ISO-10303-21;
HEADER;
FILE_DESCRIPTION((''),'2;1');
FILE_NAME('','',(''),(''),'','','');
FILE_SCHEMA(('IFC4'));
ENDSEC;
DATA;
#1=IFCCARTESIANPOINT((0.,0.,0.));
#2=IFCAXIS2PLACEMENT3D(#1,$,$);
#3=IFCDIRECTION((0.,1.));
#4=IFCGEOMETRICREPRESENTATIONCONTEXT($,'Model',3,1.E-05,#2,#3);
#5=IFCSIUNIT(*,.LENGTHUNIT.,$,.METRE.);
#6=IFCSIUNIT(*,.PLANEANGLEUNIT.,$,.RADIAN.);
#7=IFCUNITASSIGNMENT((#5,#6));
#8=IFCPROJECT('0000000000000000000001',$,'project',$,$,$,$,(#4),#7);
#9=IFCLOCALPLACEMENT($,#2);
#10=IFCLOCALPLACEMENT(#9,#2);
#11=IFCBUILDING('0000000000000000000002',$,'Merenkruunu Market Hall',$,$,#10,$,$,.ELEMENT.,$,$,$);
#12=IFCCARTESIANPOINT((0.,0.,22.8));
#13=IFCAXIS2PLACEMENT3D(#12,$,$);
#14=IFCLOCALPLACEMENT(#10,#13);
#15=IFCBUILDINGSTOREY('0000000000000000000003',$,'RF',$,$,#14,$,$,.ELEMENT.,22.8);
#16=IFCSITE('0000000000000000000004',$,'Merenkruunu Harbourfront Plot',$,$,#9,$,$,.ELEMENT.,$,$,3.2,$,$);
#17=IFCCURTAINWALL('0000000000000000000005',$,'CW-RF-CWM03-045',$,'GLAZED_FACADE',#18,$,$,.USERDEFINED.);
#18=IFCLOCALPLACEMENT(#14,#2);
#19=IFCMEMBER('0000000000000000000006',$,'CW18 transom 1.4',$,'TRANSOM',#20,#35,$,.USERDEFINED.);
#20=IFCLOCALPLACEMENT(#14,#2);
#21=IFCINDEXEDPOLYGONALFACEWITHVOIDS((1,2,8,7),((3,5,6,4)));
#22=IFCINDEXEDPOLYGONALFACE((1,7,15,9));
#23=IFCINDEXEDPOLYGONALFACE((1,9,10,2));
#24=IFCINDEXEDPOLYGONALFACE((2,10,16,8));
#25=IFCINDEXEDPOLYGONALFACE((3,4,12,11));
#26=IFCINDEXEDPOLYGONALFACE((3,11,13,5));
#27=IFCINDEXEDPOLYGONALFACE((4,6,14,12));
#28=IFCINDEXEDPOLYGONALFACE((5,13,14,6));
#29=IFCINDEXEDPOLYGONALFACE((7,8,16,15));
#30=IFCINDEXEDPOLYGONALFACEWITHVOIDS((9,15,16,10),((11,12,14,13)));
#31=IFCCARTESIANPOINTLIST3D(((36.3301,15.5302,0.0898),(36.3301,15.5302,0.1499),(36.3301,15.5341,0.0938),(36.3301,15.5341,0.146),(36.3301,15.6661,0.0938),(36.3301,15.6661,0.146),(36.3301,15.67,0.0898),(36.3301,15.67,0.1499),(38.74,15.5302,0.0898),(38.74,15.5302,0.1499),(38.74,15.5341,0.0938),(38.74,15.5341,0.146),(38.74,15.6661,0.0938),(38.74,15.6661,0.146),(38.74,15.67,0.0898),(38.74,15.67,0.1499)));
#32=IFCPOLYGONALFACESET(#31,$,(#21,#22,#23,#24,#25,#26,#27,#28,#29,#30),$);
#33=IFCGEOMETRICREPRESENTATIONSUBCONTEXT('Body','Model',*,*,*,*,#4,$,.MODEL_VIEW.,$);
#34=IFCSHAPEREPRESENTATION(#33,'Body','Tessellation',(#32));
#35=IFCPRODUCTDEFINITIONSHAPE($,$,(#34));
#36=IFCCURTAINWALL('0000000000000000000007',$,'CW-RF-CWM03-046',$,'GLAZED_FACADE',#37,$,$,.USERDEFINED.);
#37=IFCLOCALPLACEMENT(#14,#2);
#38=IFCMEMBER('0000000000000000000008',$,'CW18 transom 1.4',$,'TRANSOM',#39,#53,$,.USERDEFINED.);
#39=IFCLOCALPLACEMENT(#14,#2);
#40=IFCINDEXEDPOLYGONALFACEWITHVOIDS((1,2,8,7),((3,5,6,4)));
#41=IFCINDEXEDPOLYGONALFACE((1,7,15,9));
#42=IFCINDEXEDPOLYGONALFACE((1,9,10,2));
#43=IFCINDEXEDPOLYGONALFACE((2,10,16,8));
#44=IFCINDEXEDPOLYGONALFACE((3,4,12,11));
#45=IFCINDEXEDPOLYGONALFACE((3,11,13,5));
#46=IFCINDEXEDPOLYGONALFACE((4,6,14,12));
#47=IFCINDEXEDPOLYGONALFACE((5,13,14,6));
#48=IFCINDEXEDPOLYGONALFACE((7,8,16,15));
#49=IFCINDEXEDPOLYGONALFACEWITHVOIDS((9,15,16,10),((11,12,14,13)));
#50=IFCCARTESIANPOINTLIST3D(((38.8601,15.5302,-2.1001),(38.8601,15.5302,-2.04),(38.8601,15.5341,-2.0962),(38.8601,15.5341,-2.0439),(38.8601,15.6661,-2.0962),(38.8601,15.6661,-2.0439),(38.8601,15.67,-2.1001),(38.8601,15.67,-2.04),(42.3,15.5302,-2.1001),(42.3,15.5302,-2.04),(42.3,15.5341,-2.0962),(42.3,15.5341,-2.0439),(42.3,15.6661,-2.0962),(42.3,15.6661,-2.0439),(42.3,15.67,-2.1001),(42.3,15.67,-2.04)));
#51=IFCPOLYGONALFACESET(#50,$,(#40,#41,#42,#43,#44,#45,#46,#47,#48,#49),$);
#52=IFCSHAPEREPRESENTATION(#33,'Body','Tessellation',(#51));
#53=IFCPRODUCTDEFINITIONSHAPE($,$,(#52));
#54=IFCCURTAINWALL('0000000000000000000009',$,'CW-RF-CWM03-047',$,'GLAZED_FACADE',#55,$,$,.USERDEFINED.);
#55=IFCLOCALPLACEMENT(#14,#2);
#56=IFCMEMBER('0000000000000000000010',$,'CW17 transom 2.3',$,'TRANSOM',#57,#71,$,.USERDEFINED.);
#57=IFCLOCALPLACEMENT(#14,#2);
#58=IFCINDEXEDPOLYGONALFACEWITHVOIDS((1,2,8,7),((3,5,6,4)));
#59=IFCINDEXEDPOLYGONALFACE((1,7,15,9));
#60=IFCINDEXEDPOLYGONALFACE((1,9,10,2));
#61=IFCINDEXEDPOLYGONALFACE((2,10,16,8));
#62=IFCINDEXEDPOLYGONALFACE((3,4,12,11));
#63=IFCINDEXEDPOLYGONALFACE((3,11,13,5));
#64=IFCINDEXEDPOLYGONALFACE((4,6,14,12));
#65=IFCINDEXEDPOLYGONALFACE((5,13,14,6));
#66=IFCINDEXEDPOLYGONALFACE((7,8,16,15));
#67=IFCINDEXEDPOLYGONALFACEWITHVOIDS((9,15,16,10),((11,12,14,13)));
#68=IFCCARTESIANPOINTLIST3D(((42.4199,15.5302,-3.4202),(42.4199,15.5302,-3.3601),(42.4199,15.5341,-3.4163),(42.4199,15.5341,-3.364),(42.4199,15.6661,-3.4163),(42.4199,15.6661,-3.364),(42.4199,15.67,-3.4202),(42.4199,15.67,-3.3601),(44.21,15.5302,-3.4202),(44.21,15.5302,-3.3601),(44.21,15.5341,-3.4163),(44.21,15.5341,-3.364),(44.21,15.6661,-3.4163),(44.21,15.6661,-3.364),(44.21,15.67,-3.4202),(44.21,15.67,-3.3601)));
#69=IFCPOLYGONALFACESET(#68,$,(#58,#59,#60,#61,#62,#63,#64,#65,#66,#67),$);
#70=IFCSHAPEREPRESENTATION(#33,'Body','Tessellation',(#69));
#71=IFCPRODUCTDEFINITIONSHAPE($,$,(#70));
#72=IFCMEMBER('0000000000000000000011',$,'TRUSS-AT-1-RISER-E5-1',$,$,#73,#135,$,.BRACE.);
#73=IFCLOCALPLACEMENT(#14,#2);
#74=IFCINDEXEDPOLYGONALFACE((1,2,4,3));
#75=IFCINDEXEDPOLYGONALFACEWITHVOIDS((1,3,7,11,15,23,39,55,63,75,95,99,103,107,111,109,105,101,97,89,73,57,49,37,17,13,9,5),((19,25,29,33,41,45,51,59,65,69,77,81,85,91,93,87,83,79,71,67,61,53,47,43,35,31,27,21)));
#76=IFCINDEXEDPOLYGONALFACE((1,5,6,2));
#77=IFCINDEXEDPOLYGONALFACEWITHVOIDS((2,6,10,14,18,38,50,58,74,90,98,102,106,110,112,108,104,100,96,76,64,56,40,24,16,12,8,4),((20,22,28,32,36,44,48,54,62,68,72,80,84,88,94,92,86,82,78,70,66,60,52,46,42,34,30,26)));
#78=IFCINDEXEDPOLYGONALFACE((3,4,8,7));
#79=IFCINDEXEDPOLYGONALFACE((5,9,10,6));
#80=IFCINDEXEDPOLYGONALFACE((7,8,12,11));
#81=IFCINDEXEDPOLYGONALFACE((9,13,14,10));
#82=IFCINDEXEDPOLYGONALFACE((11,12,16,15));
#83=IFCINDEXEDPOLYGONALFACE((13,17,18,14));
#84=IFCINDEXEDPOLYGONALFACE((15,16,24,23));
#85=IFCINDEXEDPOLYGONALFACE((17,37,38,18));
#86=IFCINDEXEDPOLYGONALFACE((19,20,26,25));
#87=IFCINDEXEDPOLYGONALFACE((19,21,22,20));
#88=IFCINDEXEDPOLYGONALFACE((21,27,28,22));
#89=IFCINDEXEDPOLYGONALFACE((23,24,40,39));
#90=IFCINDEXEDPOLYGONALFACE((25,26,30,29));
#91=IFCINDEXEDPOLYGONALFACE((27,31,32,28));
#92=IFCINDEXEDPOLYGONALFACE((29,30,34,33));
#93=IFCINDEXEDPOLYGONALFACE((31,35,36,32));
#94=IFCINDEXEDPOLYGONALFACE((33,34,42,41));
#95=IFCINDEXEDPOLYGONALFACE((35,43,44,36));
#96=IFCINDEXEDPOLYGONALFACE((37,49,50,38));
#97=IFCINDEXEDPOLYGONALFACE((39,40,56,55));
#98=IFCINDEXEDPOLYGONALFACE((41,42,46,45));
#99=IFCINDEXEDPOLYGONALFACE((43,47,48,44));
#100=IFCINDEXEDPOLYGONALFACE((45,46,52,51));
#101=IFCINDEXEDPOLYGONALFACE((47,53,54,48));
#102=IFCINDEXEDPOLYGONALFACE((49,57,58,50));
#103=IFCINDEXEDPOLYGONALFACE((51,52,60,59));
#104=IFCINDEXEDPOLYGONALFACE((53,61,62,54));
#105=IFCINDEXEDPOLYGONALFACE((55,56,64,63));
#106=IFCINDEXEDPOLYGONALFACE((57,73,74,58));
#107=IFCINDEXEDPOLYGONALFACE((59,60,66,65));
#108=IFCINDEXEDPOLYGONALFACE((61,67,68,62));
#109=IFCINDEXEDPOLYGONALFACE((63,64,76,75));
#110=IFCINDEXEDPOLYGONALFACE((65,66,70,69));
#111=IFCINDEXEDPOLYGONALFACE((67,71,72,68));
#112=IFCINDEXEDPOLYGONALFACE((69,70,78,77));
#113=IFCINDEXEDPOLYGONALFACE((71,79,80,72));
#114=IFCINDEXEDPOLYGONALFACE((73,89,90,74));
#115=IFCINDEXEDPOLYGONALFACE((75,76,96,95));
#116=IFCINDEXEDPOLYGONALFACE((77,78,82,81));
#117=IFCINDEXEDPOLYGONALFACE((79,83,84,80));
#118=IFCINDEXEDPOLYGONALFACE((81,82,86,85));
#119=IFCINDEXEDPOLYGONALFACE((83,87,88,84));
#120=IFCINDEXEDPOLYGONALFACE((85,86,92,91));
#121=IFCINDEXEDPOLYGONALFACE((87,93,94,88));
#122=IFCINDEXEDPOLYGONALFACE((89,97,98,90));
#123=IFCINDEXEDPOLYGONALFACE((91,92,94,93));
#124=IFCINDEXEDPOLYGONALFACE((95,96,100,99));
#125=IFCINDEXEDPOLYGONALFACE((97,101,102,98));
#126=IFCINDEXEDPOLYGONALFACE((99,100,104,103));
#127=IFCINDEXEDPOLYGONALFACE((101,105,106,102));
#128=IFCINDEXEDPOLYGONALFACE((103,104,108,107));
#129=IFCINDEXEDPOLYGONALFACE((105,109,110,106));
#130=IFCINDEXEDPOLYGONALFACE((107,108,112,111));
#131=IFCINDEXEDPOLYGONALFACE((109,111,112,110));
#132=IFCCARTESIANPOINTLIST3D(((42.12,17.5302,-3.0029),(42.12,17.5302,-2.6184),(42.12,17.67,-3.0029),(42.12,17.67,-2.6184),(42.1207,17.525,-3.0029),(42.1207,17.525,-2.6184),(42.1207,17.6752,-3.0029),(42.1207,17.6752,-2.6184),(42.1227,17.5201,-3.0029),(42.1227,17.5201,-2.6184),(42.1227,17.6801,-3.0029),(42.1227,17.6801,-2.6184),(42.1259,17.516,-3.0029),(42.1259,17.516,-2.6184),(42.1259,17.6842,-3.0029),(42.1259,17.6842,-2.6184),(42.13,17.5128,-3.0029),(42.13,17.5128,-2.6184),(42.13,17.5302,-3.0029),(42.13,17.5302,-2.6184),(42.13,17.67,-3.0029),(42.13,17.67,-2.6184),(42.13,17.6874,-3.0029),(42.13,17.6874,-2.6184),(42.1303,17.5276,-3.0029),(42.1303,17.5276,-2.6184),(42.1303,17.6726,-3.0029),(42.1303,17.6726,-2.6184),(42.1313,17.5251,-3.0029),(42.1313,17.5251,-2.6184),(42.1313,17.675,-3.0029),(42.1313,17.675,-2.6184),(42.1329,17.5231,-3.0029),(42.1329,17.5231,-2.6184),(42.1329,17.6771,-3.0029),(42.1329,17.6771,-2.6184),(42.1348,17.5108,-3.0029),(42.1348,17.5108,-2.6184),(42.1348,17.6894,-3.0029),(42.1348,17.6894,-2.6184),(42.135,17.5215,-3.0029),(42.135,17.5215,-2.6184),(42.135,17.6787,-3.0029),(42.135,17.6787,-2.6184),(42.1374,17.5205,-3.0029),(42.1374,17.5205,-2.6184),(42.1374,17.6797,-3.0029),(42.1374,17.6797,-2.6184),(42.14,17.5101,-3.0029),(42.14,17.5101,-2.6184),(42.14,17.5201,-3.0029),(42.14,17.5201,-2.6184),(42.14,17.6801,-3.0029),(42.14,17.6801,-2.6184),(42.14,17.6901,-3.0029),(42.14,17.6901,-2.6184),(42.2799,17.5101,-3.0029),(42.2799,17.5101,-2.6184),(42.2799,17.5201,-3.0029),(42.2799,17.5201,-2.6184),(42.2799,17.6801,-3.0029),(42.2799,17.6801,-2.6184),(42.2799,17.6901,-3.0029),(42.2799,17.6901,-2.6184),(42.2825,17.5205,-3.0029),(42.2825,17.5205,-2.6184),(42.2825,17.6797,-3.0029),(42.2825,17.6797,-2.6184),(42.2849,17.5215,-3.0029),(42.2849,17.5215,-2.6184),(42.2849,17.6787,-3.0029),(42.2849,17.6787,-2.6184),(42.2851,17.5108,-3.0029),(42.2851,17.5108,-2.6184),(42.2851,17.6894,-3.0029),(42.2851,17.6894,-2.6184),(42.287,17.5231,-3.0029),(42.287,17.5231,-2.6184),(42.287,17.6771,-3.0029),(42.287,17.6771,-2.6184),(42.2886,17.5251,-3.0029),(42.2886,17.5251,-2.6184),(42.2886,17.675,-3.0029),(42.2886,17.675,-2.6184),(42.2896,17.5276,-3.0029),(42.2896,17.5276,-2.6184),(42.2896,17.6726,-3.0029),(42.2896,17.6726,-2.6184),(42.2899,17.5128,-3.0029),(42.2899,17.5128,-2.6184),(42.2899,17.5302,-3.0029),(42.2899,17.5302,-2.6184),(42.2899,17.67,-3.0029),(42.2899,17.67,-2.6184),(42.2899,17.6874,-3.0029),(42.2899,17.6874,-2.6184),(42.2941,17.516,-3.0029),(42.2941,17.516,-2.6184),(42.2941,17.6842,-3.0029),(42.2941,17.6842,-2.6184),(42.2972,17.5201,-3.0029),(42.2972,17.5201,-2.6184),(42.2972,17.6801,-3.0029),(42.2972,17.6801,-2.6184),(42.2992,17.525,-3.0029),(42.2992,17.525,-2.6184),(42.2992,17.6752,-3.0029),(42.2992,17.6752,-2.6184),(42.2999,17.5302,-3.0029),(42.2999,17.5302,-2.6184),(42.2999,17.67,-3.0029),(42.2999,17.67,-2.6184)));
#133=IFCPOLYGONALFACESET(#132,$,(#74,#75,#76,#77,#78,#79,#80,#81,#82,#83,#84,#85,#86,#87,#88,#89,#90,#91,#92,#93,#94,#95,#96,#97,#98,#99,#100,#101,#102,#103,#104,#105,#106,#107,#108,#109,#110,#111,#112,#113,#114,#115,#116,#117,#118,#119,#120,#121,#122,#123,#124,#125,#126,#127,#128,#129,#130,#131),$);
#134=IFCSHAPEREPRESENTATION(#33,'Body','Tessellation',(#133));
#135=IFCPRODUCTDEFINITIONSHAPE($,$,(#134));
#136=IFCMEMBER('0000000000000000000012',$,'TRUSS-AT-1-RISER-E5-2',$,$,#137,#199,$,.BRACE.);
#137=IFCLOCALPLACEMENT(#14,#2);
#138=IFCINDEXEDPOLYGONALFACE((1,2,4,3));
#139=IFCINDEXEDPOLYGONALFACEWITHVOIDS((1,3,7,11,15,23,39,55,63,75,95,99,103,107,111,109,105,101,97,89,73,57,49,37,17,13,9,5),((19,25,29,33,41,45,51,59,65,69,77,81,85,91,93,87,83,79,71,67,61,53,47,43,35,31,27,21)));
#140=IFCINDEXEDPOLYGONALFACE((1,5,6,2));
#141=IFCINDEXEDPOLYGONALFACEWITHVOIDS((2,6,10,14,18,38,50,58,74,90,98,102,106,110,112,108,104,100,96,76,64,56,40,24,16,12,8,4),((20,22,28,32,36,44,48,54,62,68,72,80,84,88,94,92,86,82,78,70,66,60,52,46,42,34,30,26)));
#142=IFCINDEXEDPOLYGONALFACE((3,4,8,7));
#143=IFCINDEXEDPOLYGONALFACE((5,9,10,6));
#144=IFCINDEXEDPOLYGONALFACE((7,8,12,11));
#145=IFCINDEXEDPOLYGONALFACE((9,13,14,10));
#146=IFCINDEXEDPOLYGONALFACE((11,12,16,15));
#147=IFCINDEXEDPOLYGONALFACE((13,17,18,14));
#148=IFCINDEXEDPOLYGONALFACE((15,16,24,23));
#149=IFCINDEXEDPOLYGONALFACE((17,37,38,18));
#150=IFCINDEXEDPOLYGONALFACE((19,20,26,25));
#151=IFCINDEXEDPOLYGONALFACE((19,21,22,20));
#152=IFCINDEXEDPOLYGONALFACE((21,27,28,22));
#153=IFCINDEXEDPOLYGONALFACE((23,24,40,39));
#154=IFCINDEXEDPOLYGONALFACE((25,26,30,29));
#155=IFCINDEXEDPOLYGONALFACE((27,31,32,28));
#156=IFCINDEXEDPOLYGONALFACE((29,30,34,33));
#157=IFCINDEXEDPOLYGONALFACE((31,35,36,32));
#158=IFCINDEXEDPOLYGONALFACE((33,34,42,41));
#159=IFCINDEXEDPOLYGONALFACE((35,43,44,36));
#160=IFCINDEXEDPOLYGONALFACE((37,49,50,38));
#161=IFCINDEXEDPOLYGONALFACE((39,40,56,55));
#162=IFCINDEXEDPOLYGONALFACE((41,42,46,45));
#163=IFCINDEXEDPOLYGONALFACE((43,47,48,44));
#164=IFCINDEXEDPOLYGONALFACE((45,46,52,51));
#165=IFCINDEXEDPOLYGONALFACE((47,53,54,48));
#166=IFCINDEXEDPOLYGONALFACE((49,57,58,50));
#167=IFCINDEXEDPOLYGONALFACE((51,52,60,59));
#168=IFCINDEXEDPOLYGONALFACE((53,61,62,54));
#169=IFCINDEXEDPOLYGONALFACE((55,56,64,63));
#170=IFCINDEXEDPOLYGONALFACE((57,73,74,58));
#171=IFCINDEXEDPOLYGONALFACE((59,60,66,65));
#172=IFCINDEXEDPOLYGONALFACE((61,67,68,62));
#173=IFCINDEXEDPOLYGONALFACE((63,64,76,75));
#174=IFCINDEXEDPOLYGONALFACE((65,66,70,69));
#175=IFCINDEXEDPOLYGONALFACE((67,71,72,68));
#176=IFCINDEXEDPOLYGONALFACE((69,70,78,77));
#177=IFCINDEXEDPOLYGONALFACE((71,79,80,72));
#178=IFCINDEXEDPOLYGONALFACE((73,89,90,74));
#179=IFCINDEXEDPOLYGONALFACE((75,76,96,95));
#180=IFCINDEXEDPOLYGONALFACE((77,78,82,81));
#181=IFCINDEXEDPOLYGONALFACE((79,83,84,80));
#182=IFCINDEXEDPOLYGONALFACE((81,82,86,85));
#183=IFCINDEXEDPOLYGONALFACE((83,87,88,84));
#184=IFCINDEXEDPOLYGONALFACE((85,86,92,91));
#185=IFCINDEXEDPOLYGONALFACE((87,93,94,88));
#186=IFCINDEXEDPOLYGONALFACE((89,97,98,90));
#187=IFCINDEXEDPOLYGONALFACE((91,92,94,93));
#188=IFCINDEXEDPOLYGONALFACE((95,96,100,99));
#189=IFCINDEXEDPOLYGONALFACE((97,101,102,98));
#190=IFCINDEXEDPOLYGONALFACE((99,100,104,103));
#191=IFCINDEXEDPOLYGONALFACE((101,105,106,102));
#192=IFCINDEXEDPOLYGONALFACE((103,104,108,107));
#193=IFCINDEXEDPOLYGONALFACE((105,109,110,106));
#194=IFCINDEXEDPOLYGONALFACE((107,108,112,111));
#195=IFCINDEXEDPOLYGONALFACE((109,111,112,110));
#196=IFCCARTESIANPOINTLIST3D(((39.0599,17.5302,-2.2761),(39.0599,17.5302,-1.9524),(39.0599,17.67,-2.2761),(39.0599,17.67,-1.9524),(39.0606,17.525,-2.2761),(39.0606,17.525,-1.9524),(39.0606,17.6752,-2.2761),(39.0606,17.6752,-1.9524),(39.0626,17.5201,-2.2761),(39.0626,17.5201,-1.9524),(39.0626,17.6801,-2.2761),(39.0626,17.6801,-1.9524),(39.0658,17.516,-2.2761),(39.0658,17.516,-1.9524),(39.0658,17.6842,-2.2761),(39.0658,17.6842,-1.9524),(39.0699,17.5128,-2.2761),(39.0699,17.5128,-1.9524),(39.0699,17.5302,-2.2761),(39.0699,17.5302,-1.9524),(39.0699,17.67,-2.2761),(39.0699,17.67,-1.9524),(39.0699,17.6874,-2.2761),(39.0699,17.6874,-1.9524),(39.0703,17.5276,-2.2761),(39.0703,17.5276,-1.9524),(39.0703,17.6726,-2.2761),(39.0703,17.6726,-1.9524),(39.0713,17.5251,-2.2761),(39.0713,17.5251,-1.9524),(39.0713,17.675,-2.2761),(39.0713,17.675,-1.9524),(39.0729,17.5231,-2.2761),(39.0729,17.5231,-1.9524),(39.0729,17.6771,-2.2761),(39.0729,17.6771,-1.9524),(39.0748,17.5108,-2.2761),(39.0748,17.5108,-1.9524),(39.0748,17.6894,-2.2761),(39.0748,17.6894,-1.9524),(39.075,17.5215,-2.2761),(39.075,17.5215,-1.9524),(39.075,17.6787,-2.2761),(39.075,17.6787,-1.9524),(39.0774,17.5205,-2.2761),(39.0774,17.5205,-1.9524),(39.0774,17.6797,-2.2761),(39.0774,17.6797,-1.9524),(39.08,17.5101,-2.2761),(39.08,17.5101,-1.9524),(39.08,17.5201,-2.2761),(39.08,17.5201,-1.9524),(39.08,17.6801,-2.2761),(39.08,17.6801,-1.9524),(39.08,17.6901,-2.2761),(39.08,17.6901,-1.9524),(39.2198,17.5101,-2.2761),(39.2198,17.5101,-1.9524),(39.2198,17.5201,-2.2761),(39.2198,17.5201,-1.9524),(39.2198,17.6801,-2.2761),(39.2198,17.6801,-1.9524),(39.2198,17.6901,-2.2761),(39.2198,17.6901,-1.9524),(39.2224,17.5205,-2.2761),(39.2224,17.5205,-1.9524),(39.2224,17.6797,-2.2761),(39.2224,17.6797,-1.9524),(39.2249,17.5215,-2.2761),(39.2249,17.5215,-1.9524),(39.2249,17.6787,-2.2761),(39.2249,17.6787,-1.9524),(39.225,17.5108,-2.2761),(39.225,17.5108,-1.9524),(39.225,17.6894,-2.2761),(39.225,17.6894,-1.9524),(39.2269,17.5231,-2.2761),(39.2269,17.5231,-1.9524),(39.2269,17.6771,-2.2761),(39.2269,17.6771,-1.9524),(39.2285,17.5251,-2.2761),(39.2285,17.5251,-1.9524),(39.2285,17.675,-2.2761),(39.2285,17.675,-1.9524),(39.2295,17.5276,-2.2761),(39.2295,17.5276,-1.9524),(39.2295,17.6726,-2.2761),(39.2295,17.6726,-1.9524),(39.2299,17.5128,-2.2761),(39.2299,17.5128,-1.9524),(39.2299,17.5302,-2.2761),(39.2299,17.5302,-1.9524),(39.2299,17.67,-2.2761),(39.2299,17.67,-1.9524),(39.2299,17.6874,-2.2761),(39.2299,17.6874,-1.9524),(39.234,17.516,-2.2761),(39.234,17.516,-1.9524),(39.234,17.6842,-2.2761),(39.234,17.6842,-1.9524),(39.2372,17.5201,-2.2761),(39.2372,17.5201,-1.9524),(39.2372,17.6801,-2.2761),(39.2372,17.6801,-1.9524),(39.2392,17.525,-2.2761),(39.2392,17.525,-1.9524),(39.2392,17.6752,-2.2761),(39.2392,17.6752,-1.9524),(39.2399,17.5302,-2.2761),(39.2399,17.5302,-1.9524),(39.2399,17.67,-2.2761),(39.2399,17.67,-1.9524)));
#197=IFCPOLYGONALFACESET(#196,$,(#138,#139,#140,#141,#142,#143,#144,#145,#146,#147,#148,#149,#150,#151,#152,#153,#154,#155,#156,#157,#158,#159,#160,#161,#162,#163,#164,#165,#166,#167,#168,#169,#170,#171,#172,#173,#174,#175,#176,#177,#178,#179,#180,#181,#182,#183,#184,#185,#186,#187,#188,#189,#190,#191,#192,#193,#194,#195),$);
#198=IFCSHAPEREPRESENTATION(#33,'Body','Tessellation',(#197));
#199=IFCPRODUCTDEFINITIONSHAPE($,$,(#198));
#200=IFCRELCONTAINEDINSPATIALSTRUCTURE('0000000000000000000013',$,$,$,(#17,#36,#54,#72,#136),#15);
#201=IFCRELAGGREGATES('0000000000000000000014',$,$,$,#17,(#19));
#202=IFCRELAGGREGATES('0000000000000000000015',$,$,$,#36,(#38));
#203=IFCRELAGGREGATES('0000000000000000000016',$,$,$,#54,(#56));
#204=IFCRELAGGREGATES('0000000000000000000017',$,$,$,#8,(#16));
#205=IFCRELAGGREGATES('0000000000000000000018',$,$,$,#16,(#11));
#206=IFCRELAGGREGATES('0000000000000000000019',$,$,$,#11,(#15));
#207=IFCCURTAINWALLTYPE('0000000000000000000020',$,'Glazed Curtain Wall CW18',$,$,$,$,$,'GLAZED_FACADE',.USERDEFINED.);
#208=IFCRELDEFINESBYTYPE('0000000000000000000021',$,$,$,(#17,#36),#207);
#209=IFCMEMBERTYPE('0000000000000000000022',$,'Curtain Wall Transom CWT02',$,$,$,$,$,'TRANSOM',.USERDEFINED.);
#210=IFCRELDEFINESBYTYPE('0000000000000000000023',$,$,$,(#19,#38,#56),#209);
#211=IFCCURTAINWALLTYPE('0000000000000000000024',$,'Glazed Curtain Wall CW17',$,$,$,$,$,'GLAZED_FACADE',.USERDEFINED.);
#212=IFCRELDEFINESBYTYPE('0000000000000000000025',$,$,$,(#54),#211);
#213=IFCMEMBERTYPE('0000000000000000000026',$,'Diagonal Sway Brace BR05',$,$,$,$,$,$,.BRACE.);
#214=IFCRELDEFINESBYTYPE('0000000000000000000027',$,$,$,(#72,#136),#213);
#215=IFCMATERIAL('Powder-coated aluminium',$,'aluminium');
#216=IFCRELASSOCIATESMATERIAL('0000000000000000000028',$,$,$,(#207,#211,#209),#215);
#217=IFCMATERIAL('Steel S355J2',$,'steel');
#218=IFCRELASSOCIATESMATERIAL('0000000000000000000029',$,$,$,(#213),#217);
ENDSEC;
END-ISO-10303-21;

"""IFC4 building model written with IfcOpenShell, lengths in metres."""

from ifc_helpers import new_model, si_unit, direction, frame, origin, origin_2d, place, context, subcontext, project, spatial, hollow_rectangle, extrude, material, material_profile, profile_set, type_object, element, aggregate, save


model = new_model("IFC4")

# Units and contexts
model_context = context("Model", 3, precision=1e-05, world=origin(), true_north=direction((0.0, 1.0)))
body_context = subcontext(model_context, "Body", "Model", "MODEL_VIEW")
ifc_project = project(units=[si_unit("LENGTHUNIT", "METRE"), si_unit("PLANEANGLEUNIT", "RADIAN")], contexts=[model_context])

# Site, building, storey
site_placement = place(None, origin())
site = spatial("IfcSite", under=ifc_project, at=site_placement, Name="Merenkruunu Harbourfront Plot", CompositionType="ELEMENT", RefElevation=3.2)
building_placement = place(site_placement, origin())
building = spatial("IfcBuilding", under=site, at=building_placement, Name="Merenkruunu Market Hall", CompositionType="ELEMENT")
storey_placement = place(building_placement, frame((0.0, 0.0, 22.8)))
storey = spatial("IfcBuildingStorey", under=building, at=storey_placement, Name="RF", CompositionType="ELEMENT", Elevation=22.8)

# Shared definitions
ifc_material_1 = material(Name="Powder-coated aluminium", Category="aluminium")

# Curtain wall, member
curtain_wall_type_1 = type_object("IfcCurtainWallType", Name="Glazed Curtain Wall CW18", ElementType="GLAZED_FACADE", PredefinedType="USERDEFINED", material=ifc_material_1)
curtain_wall_1_placement = place(storey_placement, origin())
curtain_wall_1 = element("IfcCurtainWall", 1, at=curtain_wall_1_placement, inside=storey, type_object=curtain_wall_type_1, Name="CW-RF-CWM03-045", ObjectType="GLAZED_FACADE", PredefinedType="USERDEFINED")
ifc_material_profile_1 = material_profile(ifc_material_1, hollow_rectangle(XDim=0.0601, YDim=0.1399, WallThickness=0.0039, at=origin_2d()), Name="ALU 60x140x4")
ifc_profile_set_1 = profile_set([ifc_material_profile_1], Name="Powder-coated aluminium")
member_type_1 = type_object("IfcMemberType", Name="Curtain Wall Transom CWT02", ElementType="TRANSOM", PredefinedType="USERDEFINED", material=ifc_profile_set_1)
member_1_placement = place(storey_placement, frame((38.74, 15.6001, 0.1199), z_axis=(-1.0, 0.0, 0.0), x_axis=(0.0, 0.0, 1.0)))
member_1 = element("IfcMember", 2, at=member_1_placement, type_object=member_type_1, Name="CW18 transom 1.4", ObjectType="TRANSOM", PredefinedType="USERDEFINED", context=body_context, shape_type="SweptSolid", body=[
    extrude(hollow_rectangle(XDim=0.0601, YDim=0.1399, WallThickness=0.0039, at=origin_2d()), origin(), (0.0, 0.0, 1.0), 2.4099),
])
aggregate(curtain_wall_1, [member_1])

# Curtain walls, members
curtain_wall_2_placement = place(storey_placement, origin())
curtain_wall_2 = element("IfcCurtainWall", 3, at=curtain_wall_2_placement, inside=storey, type_object=curtain_wall_type_1, Name="CW-RF-CWM03-046", ObjectType="GLAZED_FACADE", PredefinedType="USERDEFINED")
member_2_placement = place(storey_placement, frame((42.3, 15.6001, -2.0701), z_axis=(-1.0, 0.0, 0.0), x_axis=(0.0, 0.0, 1.0)))
member_2 = element("IfcMember", 4, at=member_2_placement, type_object=member_type_1, Name="CW18 transom 1.4", ObjectType="TRANSOM", PredefinedType="USERDEFINED", context=body_context, shape_type="SweptSolid", body=[
    extrude(hollow_rectangle(XDim=0.0601, YDim=0.1399, WallThickness=0.0039, at=origin_2d()), origin(), (0.0, 0.0, 1.0), 3.4399),
])
aggregate(curtain_wall_2, [member_2])
curtain_wall_type_2 = type_object("IfcCurtainWallType", Name="Glazed Curtain Wall CW17", ElementType="GLAZED_FACADE", PredefinedType="USERDEFINED", material=ifc_material_1)
curtain_wall_3_placement = place(storey_placement, origin())
curtain_wall_3 = element("IfcCurtainWall", 5, at=curtain_wall_3_placement, inside=storey, type_object=curtain_wall_type_2, Name="CW-RF-CWM03-047", ObjectType="GLAZED_FACADE", PredefinedType="USERDEFINED")
member_3_placement = place(storey_placement, frame((44.21, 15.6001, -3.3901), z_axis=(-1.0, 0.0, 0.0), x_axis=(0.0, 0.0, 1.0)))
member_3 = element("IfcMember", 6, at=member_3_placement, type_object=member_type_1, Name="CW17 transom 2.3", ObjectType="TRANSOM", PredefinedType="USERDEFINED", context=body_context, shape_type="SweptSolid", body=[
    extrude(hollow_rectangle(XDim=0.0601, YDim=0.1399, WallThickness=0.0039, at=origin_2d()), origin(), (0.0, 0.0, 1.0), 1.79),
])
aggregate(curtain_wall_3, [member_3])

# Members
ifc_material_2 = material(Name="Steel S355J2", Category="steel")
ifc_material_profile_2 = material_profile(ifc_material_2, hollow_rectangle(XDim=0.1799, YDim=0.1799, WallThickness=0.01, InnerFilletRadius=0.01, OuterFilletRadius=0.02, at=origin_2d()), Name="SHS 180x180x10")
ifc_profile_set_2 = profile_set([ifc_material_profile_2], Name="Steel S355J2")
member_type_2 = type_object("IfcMemberType", Name="Diagonal Sway Brace BR05", PredefinedType="BRACE", material=ifc_profile_set_2)
member_4_placement = place(storey_placement, frame((42.21, 17.6001, -3.0029), z_axis=(0.0, 0.0, 1.0), x_axis=(1.0, 0.0, 0.0)))
element("IfcMember", 7, at=member_4_placement, inside=storey, type_object=member_type_2, Name="TRUSS-AT-1-RISER-E5-1", PredefinedType="BRACE", context=body_context, shape_type="SweptSolid", body=[
    extrude(hollow_rectangle(XDim=0.1799, YDim=0.1799, WallThickness=0.01, InnerFilletRadius=0.01, OuterFilletRadius=0.02, at=origin_2d()), origin(), (0.0, 0.0, 1.0), 0.3845),
])
member_5_placement = place(storey_placement, frame((39.1499, 17.6001, -2.2761), z_axis=(0.0, 0.0, 1.0), x_axis=(1.0, 0.0, 0.0)))
element("IfcMember", 8, at=member_5_placement, inside=storey, type_object=member_type_2, Name="TRUSS-AT-1-RISER-E5-2", PredefinedType="BRACE", context=body_context, shape_type="SweptSolid", body=[
    extrude(hollow_rectangle(XDim=0.1799, YDim=0.1799, WallThickness=0.01, InnerFilletRadius=0.01, OuterFilletRadius=0.02, at=origin_2d()), origin(), (0.0, 0.0, 1.0), 0.3237),
])

save(model, "model.ifc")
